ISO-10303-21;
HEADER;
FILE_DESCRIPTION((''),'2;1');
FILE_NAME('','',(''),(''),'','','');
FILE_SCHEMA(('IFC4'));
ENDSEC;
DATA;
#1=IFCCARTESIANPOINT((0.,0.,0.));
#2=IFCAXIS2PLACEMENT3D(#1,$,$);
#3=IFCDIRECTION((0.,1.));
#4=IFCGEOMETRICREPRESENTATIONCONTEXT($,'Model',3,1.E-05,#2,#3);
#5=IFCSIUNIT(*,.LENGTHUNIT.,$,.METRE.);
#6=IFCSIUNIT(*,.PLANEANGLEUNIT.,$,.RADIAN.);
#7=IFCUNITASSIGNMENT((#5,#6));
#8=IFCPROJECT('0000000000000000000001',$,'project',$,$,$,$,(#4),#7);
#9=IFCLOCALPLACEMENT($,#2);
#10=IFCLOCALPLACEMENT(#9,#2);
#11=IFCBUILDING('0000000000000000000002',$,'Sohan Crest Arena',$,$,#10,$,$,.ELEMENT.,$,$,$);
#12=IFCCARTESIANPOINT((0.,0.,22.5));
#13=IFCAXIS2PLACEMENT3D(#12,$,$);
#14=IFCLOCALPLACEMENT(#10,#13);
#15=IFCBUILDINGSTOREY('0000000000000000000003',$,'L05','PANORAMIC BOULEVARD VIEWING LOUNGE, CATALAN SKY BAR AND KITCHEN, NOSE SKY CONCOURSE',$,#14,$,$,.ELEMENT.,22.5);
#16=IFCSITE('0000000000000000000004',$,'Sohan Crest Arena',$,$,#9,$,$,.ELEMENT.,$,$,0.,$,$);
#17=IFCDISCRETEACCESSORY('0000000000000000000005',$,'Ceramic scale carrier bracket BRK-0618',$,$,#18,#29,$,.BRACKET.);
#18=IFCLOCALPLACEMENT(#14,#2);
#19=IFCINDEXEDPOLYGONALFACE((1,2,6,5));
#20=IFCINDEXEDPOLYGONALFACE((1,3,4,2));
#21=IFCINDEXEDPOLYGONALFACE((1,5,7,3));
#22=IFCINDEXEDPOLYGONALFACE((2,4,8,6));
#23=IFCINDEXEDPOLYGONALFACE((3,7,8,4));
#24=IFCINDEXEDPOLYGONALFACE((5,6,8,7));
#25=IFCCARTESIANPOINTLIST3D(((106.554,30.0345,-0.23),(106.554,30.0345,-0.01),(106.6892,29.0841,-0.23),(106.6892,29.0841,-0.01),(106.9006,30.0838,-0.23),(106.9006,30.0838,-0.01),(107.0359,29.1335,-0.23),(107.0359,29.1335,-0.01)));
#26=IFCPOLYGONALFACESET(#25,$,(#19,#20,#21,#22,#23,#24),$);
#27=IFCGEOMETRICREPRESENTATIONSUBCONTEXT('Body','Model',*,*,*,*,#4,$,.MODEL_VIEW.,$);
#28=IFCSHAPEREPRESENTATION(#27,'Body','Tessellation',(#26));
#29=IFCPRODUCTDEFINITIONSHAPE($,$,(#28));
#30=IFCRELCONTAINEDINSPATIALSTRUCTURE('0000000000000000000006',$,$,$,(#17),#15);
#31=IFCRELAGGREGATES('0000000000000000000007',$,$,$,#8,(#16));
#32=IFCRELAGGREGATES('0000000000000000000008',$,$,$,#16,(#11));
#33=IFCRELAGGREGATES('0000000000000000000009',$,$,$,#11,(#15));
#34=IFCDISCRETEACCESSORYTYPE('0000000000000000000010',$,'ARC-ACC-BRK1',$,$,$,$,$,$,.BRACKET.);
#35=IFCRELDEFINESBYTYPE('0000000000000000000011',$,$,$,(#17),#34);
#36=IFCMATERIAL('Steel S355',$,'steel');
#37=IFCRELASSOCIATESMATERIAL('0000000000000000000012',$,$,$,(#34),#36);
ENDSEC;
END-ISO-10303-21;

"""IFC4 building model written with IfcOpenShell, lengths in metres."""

from ifc_helpers import new_model, si_unit, direction, frame, origin, origin_2d, place, context, subcontext, project, spatial, rectangle, extrude, material, type_object, element, save


model = new_model("IFC4")

# Units and contexts
model_context = context("Model", 3, precision=1e-05, world=origin(), true_north=direction((0.0, 1.0)))
body_context = subcontext(model_context, "Body", "Model", "MODEL_VIEW")
ifc_project = project(units=[si_unit("LENGTHUNIT", "METRE"), si_unit("PLANEANGLEUNIT", "RADIAN")], contexts=[model_context])

# Site, building, storey
site_placement = place(None, origin())
site = spatial("IfcSite", under=ifc_project, at=site_placement, Name="Sohan Crest Arena", CompositionType="ELEMENT", RefElevation=0.0)
building_placement = place(site_placement, origin())
building = spatial("IfcBuilding", under=site, at=building_placement, Name="Sohan Crest Arena", CompositionType="ELEMENT")
storey_placement = place(building_placement, frame((0.0, 0.0, 22.5)))
storey = spatial("IfcBuildingStorey", under=building, at=storey_placement, Name="L05", Description="PANORAMIC BOULEVARD VIEWING LOUNGE, CATALAN SKY BAR AND KITCHEN, NOSE SKY CONCOURSE", CompositionType="ELEMENT", Elevation=22.5)

# Shared definitions
ifc_material_1 = material(Name="Steel S355", Category="steel")

# Discrete accessory
discrete_accessory_type = type_object("IfcDiscreteAccessoryType", Name="ARC-ACC-BRK1", PredefinedType="BRACKET", material=ifc_material_1)
discrete_accessory_placement = place(storey_placement, frame((106.7949, 29.584, -0.23), z_axis=(0.0, 0.0, 1.0), x_axis=(0.990024, 0.140901, 0.0)))
element("IfcDiscreteAccessory", 1, at=discrete_accessory_placement, inside=storey, type_object=discrete_accessory_type, Name="Ceramic scale carrier bracket BRK-0618", PredefinedType="BRACKET", context=body_context, shape_type="SweptSolid", body=[
    extrude(rectangle(XDim=0.3501, YDim=0.96, at=origin_2d()), origin(), (0.0, 0.0, 1.0), 0.22),
])

save(model, "model.ifc")
